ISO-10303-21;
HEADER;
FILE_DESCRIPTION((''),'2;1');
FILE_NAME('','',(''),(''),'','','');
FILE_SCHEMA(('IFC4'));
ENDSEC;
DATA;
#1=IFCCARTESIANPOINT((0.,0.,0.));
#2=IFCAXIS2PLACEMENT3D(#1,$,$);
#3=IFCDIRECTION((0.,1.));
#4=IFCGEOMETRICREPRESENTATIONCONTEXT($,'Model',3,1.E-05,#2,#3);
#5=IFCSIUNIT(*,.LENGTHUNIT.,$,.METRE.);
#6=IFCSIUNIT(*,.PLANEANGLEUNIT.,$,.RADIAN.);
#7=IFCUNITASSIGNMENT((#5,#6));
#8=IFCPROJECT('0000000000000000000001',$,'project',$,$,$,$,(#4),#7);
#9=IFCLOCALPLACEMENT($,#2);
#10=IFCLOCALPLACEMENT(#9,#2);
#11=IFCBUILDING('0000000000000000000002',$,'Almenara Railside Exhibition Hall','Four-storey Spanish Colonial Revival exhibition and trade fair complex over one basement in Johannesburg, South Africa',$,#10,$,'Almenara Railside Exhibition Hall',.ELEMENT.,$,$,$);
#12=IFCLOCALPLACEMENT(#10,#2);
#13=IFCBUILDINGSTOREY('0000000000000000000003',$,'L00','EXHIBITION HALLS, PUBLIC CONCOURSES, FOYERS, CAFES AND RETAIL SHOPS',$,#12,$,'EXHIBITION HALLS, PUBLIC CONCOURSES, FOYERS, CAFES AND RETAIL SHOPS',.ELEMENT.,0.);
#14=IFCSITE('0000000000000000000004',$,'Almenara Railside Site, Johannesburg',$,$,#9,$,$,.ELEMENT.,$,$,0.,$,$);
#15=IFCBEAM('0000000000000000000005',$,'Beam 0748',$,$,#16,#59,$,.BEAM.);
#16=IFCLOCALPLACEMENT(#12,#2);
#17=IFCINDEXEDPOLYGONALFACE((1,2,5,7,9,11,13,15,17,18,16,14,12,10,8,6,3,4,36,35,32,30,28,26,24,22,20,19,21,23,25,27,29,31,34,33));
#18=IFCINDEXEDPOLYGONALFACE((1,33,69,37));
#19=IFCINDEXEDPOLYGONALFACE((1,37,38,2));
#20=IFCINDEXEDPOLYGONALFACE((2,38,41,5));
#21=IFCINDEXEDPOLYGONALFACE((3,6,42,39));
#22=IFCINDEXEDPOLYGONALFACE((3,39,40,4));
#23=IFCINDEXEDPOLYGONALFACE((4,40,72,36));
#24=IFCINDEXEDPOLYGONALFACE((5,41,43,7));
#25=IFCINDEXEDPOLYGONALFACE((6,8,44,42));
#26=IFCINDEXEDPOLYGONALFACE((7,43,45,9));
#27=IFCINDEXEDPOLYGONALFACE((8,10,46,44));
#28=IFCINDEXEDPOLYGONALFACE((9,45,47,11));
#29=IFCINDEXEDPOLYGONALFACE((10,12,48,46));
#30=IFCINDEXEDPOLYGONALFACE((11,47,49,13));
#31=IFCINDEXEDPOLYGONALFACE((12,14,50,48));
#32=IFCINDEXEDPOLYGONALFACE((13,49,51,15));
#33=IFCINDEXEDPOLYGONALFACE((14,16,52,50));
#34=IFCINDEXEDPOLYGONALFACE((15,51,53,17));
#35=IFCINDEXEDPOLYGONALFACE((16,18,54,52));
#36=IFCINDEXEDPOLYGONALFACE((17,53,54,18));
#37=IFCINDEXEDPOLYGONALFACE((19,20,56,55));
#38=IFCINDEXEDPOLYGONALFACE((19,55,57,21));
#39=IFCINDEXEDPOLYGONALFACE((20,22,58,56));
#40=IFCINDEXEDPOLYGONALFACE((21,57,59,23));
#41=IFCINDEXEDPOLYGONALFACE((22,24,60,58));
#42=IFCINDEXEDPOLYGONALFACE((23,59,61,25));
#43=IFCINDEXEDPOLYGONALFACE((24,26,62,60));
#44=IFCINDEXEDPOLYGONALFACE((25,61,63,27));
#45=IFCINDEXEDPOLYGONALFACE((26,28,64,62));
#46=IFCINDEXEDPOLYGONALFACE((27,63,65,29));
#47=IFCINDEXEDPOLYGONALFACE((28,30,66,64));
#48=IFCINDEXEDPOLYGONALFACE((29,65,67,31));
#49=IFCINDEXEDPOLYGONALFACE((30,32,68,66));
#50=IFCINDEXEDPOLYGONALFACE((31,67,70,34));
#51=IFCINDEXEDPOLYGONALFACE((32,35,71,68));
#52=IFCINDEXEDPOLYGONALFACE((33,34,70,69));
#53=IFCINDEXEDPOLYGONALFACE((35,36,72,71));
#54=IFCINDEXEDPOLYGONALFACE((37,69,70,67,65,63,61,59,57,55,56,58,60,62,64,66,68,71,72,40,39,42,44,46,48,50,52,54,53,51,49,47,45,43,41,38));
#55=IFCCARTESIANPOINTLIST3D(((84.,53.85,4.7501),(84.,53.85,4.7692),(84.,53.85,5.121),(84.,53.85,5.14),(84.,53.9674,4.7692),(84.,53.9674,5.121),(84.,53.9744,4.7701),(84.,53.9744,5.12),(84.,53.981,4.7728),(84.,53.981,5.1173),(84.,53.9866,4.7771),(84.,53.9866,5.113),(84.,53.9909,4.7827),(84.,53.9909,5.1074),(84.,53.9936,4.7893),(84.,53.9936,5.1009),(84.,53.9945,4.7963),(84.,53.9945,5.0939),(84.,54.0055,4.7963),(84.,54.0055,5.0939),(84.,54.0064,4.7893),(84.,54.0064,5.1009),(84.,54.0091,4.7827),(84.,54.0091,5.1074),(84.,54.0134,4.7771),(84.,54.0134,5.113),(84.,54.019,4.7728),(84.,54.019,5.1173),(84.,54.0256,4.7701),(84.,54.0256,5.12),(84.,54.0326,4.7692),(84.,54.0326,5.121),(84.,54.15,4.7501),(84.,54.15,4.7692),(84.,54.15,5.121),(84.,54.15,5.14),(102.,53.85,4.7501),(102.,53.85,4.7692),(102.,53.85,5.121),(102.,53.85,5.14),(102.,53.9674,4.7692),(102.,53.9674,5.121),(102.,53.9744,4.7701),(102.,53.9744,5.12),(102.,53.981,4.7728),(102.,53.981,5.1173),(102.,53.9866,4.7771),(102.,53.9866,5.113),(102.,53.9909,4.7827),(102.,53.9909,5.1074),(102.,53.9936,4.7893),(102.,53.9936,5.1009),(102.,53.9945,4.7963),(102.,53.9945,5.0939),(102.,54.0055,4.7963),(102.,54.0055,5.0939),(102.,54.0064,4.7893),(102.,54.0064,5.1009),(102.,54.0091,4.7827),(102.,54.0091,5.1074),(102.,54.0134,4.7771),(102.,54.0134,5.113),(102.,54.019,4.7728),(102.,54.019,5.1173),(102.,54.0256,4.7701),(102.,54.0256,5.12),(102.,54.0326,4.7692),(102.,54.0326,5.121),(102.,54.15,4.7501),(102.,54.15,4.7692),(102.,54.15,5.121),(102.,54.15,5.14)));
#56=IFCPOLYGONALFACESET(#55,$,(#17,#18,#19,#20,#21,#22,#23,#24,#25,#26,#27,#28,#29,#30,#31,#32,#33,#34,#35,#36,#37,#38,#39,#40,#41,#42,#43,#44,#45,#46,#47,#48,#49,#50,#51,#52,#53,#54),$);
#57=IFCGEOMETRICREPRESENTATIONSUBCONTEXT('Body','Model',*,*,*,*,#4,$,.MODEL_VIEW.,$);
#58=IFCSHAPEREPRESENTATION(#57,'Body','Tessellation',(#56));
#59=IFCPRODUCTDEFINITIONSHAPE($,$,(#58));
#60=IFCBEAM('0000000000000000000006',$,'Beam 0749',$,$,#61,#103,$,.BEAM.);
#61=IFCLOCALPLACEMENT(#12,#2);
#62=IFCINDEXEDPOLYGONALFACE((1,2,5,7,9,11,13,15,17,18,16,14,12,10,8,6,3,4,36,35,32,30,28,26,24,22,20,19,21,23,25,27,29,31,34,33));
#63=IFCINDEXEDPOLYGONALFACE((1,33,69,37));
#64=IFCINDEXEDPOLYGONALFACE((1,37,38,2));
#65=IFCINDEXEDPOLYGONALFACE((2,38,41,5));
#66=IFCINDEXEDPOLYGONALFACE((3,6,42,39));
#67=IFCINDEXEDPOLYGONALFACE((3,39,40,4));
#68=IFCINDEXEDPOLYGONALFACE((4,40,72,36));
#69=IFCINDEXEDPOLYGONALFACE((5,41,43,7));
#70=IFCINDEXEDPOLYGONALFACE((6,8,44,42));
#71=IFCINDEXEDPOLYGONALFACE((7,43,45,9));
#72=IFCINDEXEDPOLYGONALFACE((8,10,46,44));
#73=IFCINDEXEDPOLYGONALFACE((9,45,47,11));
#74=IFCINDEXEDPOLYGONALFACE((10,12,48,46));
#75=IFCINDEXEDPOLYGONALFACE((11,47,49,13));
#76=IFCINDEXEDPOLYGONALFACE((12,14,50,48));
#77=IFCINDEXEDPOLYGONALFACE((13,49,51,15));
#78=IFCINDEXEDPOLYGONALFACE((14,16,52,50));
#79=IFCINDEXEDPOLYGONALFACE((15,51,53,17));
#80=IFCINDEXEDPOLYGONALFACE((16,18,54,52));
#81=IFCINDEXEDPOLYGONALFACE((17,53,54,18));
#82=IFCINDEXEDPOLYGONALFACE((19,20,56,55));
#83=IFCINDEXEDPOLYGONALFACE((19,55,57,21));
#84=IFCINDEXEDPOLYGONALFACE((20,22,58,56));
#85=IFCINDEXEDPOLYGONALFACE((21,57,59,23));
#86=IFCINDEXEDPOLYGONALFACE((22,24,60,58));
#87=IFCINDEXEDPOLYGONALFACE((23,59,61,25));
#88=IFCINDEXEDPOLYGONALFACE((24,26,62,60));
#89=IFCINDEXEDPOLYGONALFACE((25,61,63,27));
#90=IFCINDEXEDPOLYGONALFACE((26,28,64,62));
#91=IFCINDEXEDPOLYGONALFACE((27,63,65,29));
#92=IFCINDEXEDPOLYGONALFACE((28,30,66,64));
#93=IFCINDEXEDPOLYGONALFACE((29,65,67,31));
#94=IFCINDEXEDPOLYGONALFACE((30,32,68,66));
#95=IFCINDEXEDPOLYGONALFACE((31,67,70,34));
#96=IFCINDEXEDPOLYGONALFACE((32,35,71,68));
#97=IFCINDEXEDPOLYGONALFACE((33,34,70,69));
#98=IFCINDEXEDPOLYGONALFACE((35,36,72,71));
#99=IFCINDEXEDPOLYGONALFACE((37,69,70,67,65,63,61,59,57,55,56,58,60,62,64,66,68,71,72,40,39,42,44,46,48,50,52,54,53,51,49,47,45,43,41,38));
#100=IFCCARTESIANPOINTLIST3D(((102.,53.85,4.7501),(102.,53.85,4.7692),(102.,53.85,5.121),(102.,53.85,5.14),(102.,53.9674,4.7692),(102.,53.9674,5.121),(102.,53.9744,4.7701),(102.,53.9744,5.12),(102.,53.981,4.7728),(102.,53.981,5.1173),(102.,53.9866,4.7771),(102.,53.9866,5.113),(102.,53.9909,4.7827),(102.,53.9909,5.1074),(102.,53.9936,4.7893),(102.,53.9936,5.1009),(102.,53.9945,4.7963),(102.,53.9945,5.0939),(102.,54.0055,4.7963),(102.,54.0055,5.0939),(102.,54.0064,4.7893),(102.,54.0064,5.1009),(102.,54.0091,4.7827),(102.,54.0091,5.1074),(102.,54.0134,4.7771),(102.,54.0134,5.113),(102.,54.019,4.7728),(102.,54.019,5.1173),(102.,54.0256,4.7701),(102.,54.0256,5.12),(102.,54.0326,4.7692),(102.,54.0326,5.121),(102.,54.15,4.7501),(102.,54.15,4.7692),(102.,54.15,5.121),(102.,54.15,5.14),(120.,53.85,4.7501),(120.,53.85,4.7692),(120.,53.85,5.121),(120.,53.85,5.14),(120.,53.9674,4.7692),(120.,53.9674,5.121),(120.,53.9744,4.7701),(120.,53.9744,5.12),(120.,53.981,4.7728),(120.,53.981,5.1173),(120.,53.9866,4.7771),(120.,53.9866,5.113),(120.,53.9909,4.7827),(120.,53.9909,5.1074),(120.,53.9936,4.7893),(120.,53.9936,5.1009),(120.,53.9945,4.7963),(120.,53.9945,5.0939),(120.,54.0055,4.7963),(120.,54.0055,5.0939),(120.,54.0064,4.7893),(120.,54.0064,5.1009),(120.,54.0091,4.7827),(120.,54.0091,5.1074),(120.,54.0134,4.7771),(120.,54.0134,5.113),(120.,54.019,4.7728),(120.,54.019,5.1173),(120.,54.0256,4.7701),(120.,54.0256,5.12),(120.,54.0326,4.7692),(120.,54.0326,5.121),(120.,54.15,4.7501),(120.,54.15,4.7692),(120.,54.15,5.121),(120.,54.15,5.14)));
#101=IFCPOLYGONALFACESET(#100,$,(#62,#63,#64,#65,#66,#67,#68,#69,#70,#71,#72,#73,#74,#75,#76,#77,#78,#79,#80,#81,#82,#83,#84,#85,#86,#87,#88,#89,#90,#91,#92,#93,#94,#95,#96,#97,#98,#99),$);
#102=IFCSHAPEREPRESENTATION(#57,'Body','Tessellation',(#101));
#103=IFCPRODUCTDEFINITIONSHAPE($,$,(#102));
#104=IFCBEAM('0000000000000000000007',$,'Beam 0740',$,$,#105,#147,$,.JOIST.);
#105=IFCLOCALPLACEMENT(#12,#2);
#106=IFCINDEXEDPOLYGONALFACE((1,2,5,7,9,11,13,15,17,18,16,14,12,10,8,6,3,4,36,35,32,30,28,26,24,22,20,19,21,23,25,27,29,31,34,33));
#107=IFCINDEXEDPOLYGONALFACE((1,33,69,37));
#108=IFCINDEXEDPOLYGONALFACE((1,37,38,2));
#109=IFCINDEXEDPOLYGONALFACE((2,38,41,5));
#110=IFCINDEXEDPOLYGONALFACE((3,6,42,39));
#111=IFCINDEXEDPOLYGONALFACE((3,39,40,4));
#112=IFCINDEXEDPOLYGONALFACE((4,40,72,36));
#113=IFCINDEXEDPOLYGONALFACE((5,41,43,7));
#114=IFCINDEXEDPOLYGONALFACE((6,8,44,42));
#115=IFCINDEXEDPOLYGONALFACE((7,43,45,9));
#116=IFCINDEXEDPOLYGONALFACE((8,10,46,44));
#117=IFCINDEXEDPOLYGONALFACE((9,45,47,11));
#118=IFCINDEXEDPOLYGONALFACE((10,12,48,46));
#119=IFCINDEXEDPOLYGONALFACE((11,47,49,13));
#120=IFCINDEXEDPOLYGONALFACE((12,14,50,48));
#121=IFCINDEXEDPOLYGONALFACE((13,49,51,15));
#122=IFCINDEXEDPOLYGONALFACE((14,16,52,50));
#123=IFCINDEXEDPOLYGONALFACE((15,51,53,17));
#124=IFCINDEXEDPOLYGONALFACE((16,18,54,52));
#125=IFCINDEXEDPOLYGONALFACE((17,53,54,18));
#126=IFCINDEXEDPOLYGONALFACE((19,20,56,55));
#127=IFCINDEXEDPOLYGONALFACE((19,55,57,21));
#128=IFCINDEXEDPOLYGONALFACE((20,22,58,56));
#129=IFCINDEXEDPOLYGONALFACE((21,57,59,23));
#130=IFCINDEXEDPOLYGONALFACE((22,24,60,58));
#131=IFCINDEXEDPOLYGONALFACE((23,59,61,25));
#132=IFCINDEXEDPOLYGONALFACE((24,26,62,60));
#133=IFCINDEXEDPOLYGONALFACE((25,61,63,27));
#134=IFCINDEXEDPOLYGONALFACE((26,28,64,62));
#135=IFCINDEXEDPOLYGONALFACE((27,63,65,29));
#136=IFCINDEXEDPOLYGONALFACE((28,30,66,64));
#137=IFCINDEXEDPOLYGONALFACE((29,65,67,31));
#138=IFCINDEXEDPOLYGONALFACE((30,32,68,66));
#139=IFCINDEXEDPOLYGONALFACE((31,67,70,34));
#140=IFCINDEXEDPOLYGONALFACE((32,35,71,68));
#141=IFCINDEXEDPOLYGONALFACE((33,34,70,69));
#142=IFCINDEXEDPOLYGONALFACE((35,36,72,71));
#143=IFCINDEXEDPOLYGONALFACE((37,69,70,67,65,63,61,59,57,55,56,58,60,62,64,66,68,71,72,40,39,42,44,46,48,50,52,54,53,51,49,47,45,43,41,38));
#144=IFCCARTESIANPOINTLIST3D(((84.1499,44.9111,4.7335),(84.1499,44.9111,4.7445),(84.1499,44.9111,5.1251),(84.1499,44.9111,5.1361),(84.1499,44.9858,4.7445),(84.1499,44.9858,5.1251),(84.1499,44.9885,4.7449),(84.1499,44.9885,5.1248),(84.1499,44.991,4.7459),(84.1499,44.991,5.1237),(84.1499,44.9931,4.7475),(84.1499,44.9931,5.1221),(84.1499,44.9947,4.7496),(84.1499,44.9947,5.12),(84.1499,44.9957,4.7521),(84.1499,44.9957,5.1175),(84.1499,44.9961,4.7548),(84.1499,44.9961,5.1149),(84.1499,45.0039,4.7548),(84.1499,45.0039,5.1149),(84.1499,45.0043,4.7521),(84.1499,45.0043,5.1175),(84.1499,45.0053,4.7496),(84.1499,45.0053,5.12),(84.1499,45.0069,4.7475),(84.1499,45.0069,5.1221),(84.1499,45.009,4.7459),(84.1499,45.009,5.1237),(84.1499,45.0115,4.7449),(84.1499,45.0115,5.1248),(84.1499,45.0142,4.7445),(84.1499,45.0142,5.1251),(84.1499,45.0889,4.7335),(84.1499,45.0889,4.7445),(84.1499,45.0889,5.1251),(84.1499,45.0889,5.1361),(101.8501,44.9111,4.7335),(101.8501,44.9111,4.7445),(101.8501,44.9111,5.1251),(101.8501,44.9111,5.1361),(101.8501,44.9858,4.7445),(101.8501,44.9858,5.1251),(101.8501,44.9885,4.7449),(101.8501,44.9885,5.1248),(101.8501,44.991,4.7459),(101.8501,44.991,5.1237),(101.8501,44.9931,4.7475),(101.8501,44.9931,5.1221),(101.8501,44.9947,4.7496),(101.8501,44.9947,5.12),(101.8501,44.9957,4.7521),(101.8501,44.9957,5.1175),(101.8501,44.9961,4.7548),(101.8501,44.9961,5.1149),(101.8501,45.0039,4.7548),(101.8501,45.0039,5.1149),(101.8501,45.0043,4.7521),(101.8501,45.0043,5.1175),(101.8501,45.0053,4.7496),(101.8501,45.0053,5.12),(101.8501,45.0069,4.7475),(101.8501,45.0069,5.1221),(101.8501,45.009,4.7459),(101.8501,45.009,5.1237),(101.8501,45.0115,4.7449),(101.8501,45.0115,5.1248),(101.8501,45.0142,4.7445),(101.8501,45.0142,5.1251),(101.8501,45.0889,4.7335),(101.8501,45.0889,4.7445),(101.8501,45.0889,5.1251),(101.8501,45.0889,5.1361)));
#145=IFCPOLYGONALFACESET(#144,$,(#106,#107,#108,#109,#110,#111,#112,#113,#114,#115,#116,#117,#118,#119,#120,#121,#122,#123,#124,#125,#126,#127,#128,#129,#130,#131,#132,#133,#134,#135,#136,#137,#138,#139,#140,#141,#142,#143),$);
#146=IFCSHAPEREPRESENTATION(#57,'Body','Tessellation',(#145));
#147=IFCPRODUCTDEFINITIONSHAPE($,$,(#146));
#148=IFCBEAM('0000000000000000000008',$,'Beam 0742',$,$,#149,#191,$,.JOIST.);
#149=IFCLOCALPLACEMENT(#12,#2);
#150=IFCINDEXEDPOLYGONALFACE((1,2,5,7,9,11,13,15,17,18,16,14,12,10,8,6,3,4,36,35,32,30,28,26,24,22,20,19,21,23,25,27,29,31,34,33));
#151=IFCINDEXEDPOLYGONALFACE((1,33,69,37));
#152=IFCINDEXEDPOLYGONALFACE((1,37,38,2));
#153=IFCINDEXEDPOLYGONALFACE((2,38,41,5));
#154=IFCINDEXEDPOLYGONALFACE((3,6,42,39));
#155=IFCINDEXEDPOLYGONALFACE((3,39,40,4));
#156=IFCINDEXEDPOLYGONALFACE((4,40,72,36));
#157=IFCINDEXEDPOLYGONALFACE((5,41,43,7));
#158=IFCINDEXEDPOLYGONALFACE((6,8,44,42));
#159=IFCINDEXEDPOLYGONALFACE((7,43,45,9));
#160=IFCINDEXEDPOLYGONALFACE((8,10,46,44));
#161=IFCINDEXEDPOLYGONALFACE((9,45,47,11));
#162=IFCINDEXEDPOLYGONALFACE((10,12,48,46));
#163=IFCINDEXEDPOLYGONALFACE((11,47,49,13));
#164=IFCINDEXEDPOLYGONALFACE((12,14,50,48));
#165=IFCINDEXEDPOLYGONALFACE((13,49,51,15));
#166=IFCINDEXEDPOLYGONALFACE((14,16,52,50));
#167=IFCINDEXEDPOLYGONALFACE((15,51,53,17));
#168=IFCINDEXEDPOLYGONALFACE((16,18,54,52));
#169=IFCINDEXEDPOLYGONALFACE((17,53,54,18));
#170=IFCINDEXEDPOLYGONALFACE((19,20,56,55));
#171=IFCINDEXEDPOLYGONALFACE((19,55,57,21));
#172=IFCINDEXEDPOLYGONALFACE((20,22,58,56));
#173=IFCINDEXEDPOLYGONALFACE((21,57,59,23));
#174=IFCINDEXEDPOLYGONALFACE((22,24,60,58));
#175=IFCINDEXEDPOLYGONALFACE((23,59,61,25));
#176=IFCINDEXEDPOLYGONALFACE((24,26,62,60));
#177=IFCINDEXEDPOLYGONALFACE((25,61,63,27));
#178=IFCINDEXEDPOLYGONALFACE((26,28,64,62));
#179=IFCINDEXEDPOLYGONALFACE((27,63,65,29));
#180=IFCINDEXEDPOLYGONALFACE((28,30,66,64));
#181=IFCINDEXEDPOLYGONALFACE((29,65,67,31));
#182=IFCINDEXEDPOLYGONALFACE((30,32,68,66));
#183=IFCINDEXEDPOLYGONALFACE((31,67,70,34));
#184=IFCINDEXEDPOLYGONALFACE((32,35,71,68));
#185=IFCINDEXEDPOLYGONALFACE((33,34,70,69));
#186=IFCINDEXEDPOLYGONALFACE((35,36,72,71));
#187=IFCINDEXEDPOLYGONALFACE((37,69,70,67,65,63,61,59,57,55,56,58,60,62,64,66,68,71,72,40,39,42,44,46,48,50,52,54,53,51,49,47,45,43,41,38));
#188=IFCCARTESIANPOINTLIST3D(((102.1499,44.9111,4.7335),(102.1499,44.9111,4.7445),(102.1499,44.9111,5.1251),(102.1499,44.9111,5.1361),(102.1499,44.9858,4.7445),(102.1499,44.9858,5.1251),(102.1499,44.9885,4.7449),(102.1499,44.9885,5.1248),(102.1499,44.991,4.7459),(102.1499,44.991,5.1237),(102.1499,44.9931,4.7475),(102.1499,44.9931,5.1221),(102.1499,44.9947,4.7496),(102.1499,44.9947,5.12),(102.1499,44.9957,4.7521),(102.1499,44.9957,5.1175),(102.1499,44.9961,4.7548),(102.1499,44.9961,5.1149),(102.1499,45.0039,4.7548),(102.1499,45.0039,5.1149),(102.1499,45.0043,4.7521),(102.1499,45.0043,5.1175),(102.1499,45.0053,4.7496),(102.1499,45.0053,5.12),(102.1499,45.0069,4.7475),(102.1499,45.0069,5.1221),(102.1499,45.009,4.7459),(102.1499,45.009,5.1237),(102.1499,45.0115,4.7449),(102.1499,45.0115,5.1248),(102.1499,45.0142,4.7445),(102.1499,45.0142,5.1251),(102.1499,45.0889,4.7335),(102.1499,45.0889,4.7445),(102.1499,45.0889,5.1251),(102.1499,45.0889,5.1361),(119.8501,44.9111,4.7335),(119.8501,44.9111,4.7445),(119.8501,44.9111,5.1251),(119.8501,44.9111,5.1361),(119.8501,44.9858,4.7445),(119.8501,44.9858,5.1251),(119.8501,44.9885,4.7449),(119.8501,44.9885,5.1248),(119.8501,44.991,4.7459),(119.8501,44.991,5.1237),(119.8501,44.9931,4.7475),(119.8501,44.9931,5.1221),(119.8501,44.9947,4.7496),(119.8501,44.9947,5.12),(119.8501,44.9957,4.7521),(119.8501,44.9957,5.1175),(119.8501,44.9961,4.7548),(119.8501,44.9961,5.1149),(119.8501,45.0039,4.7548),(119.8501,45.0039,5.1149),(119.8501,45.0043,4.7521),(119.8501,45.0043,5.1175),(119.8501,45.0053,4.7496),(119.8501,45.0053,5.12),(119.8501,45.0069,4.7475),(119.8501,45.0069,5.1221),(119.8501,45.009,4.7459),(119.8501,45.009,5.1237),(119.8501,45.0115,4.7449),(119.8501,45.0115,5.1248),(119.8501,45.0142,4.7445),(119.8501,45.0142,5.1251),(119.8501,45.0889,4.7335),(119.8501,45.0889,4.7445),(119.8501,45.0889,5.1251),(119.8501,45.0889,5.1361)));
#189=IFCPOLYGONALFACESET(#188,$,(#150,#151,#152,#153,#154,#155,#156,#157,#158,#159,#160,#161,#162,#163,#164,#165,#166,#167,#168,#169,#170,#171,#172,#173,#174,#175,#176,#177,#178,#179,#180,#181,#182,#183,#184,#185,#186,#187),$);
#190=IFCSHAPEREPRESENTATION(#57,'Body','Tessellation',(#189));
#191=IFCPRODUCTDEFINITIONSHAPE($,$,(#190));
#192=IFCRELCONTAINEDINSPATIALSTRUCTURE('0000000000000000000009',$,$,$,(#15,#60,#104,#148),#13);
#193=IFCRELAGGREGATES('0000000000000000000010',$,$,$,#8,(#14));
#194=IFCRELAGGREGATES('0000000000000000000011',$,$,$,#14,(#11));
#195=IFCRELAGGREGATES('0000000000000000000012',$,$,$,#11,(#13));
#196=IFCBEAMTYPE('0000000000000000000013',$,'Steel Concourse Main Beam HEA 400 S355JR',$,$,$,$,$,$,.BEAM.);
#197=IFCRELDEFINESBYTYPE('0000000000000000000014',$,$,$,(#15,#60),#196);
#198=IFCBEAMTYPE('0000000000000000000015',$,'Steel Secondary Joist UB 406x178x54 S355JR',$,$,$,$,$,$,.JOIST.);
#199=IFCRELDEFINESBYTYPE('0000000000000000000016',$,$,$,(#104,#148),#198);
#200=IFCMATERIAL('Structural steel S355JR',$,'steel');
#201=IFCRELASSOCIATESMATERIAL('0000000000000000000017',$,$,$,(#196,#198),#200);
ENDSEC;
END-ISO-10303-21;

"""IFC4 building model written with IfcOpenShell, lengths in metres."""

from ifc_helpers import new_model, si_unit, direction, frame, origin, origin_2d, place, context, subcontext, project, spatial, i_section, extrude, material, material_profile, profile_set, type_object, element, save


model = new_model("IFC4")

# Units and contexts
model_context = context("Model", 3, precision=1e-05, world=origin(), true_north=direction((0.0, 1.0)))
body_context = subcontext(model_context, "Body", "Model", "MODEL_VIEW")
ifc_project = project(units=[si_unit("LENGTHUNIT", "METRE"), si_unit("PLANEANGLEUNIT", "RADIAN")], contexts=[model_context])

# Site, building, storey
site_placement = place(None, origin())
site = spatial("IfcSite", under=ifc_project, at=site_placement, Name="Almenara Railside Site, Johannesburg", CompositionType="ELEMENT", RefElevation=0.0)
building_placement = place(site_placement, origin())
building = spatial("IfcBuilding", under=site, at=building_placement, Name="Almenara Railside Exhibition Hall", Description="Four-storey Spanish Colonial Revival exhibition and trade fair complex over one basement in Johannesburg, South Africa", LongName="Almenara Railside Exhibition Hall", CompositionType="ELEMENT")
storey_placement = place(building_placement, origin())
storey = spatial("IfcBuildingStorey", under=building, at=storey_placement, Name="L00", Description="EXHIBITION HALLS, PUBLIC CONCOURSES, FOYERS, CAFES AND RETAIL SHOPS", LongName="EXHIBITION HALLS, PUBLIC CONCOURSES, FOYERS, CAFES AND RETAIL SHOPS", CompositionType="ELEMENT", Elevation=0.0)

# Beams
ifc_material_1 = material(Name="Structural steel S355JR", Category="steel")
ifc_material_profile_1 = material_profile(ifc_material_1, i_section(OverallWidth=0.3, OverallDepth=0.3899, WebThickness=0.011, FlangeThickness=0.019, FilletRadius=0.0271, at=origin_2d()), Name="HEA 400")
ifc_profile_set_1 = profile_set([ifc_material_profile_1], Name="Structural steel S355JR")
beam_type_1 = type_object("IfcBeamType", Name="Steel Concourse Main Beam HEA 400 S355JR", PredefinedType="BEAM", material=ifc_profile_set_1)
for number, where, z_axis, x_axis, name in (
    (1, (84.0, 54.0, 4.9451), (1.0, 0.0, 0.0), (0.0, 1.0, 0.0), "Beam 0748"),
    (2, (102.0, 54.0, 4.9451), (1.0, 0.0, 0.0), (0.0, 1.0, 0.0), "Beam 0749"),
):
    element("IfcBeam", number, at=place(storey_placement, frame(where, z_axis=z_axis, x_axis=x_axis)), inside=storey, type_object=beam_type_1, Name=name, PredefinedType="BEAM", context=body_context, shape_type="SweptSolid", body=[
        extrude(i_section(OverallWidth=0.3, OverallDepth=0.3899, WebThickness=0.011, FlangeThickness=0.019, FilletRadius=0.0271, at=origin_2d()), origin(), (0.0, 0.0, 1.0), 18.0),
    ])
ifc_material_profile_2 = material_profile(ifc_material_1, i_section(OverallWidth=0.1777, OverallDepth=0.4026, WebThickness=0.0078, FlangeThickness=0.011, FilletRadius=0.0103, at=origin_2d()), Name="UB 406x178x54")
ifc_profile_set_2 = profile_set([ifc_material_profile_2], Name="Structural steel S355JR")
beam_type_2 = type_object("IfcBeamType", Name="Steel Secondary Joist UB 406x178x54 S355JR", PredefinedType="JOIST", material=ifc_profile_set_2)
for number, where, z_axis, x_axis, name in (
    (3, (84.1499, 45.0, 4.9348), (1.0, 0.0, 0.0), (0.0, 1.0, 0.0), "Beam 0740"),
    (4, (102.1499, 45.0, 4.9348), (1.0, 0.0, 0.0), (0.0, 1.0, 0.0), "Beam 0742"),
):
    element("IfcBeam", number, at=place(storey_placement, frame(where, z_axis=z_axis, x_axis=x_axis)), inside=storey, type_object=beam_type_2, Name=name, PredefinedType="JOIST", context=body_context, shape_type="SweptSolid", body=[
        extrude(i_section(OverallWidth=0.1777, OverallDepth=0.4026, WebThickness=0.0078, FlangeThickness=0.011, FilletRadius=0.0103, at=origin_2d()), origin(), (0.0, 0.0, 1.0), 17.7002),
    ])

save(model, "model.ifc")
